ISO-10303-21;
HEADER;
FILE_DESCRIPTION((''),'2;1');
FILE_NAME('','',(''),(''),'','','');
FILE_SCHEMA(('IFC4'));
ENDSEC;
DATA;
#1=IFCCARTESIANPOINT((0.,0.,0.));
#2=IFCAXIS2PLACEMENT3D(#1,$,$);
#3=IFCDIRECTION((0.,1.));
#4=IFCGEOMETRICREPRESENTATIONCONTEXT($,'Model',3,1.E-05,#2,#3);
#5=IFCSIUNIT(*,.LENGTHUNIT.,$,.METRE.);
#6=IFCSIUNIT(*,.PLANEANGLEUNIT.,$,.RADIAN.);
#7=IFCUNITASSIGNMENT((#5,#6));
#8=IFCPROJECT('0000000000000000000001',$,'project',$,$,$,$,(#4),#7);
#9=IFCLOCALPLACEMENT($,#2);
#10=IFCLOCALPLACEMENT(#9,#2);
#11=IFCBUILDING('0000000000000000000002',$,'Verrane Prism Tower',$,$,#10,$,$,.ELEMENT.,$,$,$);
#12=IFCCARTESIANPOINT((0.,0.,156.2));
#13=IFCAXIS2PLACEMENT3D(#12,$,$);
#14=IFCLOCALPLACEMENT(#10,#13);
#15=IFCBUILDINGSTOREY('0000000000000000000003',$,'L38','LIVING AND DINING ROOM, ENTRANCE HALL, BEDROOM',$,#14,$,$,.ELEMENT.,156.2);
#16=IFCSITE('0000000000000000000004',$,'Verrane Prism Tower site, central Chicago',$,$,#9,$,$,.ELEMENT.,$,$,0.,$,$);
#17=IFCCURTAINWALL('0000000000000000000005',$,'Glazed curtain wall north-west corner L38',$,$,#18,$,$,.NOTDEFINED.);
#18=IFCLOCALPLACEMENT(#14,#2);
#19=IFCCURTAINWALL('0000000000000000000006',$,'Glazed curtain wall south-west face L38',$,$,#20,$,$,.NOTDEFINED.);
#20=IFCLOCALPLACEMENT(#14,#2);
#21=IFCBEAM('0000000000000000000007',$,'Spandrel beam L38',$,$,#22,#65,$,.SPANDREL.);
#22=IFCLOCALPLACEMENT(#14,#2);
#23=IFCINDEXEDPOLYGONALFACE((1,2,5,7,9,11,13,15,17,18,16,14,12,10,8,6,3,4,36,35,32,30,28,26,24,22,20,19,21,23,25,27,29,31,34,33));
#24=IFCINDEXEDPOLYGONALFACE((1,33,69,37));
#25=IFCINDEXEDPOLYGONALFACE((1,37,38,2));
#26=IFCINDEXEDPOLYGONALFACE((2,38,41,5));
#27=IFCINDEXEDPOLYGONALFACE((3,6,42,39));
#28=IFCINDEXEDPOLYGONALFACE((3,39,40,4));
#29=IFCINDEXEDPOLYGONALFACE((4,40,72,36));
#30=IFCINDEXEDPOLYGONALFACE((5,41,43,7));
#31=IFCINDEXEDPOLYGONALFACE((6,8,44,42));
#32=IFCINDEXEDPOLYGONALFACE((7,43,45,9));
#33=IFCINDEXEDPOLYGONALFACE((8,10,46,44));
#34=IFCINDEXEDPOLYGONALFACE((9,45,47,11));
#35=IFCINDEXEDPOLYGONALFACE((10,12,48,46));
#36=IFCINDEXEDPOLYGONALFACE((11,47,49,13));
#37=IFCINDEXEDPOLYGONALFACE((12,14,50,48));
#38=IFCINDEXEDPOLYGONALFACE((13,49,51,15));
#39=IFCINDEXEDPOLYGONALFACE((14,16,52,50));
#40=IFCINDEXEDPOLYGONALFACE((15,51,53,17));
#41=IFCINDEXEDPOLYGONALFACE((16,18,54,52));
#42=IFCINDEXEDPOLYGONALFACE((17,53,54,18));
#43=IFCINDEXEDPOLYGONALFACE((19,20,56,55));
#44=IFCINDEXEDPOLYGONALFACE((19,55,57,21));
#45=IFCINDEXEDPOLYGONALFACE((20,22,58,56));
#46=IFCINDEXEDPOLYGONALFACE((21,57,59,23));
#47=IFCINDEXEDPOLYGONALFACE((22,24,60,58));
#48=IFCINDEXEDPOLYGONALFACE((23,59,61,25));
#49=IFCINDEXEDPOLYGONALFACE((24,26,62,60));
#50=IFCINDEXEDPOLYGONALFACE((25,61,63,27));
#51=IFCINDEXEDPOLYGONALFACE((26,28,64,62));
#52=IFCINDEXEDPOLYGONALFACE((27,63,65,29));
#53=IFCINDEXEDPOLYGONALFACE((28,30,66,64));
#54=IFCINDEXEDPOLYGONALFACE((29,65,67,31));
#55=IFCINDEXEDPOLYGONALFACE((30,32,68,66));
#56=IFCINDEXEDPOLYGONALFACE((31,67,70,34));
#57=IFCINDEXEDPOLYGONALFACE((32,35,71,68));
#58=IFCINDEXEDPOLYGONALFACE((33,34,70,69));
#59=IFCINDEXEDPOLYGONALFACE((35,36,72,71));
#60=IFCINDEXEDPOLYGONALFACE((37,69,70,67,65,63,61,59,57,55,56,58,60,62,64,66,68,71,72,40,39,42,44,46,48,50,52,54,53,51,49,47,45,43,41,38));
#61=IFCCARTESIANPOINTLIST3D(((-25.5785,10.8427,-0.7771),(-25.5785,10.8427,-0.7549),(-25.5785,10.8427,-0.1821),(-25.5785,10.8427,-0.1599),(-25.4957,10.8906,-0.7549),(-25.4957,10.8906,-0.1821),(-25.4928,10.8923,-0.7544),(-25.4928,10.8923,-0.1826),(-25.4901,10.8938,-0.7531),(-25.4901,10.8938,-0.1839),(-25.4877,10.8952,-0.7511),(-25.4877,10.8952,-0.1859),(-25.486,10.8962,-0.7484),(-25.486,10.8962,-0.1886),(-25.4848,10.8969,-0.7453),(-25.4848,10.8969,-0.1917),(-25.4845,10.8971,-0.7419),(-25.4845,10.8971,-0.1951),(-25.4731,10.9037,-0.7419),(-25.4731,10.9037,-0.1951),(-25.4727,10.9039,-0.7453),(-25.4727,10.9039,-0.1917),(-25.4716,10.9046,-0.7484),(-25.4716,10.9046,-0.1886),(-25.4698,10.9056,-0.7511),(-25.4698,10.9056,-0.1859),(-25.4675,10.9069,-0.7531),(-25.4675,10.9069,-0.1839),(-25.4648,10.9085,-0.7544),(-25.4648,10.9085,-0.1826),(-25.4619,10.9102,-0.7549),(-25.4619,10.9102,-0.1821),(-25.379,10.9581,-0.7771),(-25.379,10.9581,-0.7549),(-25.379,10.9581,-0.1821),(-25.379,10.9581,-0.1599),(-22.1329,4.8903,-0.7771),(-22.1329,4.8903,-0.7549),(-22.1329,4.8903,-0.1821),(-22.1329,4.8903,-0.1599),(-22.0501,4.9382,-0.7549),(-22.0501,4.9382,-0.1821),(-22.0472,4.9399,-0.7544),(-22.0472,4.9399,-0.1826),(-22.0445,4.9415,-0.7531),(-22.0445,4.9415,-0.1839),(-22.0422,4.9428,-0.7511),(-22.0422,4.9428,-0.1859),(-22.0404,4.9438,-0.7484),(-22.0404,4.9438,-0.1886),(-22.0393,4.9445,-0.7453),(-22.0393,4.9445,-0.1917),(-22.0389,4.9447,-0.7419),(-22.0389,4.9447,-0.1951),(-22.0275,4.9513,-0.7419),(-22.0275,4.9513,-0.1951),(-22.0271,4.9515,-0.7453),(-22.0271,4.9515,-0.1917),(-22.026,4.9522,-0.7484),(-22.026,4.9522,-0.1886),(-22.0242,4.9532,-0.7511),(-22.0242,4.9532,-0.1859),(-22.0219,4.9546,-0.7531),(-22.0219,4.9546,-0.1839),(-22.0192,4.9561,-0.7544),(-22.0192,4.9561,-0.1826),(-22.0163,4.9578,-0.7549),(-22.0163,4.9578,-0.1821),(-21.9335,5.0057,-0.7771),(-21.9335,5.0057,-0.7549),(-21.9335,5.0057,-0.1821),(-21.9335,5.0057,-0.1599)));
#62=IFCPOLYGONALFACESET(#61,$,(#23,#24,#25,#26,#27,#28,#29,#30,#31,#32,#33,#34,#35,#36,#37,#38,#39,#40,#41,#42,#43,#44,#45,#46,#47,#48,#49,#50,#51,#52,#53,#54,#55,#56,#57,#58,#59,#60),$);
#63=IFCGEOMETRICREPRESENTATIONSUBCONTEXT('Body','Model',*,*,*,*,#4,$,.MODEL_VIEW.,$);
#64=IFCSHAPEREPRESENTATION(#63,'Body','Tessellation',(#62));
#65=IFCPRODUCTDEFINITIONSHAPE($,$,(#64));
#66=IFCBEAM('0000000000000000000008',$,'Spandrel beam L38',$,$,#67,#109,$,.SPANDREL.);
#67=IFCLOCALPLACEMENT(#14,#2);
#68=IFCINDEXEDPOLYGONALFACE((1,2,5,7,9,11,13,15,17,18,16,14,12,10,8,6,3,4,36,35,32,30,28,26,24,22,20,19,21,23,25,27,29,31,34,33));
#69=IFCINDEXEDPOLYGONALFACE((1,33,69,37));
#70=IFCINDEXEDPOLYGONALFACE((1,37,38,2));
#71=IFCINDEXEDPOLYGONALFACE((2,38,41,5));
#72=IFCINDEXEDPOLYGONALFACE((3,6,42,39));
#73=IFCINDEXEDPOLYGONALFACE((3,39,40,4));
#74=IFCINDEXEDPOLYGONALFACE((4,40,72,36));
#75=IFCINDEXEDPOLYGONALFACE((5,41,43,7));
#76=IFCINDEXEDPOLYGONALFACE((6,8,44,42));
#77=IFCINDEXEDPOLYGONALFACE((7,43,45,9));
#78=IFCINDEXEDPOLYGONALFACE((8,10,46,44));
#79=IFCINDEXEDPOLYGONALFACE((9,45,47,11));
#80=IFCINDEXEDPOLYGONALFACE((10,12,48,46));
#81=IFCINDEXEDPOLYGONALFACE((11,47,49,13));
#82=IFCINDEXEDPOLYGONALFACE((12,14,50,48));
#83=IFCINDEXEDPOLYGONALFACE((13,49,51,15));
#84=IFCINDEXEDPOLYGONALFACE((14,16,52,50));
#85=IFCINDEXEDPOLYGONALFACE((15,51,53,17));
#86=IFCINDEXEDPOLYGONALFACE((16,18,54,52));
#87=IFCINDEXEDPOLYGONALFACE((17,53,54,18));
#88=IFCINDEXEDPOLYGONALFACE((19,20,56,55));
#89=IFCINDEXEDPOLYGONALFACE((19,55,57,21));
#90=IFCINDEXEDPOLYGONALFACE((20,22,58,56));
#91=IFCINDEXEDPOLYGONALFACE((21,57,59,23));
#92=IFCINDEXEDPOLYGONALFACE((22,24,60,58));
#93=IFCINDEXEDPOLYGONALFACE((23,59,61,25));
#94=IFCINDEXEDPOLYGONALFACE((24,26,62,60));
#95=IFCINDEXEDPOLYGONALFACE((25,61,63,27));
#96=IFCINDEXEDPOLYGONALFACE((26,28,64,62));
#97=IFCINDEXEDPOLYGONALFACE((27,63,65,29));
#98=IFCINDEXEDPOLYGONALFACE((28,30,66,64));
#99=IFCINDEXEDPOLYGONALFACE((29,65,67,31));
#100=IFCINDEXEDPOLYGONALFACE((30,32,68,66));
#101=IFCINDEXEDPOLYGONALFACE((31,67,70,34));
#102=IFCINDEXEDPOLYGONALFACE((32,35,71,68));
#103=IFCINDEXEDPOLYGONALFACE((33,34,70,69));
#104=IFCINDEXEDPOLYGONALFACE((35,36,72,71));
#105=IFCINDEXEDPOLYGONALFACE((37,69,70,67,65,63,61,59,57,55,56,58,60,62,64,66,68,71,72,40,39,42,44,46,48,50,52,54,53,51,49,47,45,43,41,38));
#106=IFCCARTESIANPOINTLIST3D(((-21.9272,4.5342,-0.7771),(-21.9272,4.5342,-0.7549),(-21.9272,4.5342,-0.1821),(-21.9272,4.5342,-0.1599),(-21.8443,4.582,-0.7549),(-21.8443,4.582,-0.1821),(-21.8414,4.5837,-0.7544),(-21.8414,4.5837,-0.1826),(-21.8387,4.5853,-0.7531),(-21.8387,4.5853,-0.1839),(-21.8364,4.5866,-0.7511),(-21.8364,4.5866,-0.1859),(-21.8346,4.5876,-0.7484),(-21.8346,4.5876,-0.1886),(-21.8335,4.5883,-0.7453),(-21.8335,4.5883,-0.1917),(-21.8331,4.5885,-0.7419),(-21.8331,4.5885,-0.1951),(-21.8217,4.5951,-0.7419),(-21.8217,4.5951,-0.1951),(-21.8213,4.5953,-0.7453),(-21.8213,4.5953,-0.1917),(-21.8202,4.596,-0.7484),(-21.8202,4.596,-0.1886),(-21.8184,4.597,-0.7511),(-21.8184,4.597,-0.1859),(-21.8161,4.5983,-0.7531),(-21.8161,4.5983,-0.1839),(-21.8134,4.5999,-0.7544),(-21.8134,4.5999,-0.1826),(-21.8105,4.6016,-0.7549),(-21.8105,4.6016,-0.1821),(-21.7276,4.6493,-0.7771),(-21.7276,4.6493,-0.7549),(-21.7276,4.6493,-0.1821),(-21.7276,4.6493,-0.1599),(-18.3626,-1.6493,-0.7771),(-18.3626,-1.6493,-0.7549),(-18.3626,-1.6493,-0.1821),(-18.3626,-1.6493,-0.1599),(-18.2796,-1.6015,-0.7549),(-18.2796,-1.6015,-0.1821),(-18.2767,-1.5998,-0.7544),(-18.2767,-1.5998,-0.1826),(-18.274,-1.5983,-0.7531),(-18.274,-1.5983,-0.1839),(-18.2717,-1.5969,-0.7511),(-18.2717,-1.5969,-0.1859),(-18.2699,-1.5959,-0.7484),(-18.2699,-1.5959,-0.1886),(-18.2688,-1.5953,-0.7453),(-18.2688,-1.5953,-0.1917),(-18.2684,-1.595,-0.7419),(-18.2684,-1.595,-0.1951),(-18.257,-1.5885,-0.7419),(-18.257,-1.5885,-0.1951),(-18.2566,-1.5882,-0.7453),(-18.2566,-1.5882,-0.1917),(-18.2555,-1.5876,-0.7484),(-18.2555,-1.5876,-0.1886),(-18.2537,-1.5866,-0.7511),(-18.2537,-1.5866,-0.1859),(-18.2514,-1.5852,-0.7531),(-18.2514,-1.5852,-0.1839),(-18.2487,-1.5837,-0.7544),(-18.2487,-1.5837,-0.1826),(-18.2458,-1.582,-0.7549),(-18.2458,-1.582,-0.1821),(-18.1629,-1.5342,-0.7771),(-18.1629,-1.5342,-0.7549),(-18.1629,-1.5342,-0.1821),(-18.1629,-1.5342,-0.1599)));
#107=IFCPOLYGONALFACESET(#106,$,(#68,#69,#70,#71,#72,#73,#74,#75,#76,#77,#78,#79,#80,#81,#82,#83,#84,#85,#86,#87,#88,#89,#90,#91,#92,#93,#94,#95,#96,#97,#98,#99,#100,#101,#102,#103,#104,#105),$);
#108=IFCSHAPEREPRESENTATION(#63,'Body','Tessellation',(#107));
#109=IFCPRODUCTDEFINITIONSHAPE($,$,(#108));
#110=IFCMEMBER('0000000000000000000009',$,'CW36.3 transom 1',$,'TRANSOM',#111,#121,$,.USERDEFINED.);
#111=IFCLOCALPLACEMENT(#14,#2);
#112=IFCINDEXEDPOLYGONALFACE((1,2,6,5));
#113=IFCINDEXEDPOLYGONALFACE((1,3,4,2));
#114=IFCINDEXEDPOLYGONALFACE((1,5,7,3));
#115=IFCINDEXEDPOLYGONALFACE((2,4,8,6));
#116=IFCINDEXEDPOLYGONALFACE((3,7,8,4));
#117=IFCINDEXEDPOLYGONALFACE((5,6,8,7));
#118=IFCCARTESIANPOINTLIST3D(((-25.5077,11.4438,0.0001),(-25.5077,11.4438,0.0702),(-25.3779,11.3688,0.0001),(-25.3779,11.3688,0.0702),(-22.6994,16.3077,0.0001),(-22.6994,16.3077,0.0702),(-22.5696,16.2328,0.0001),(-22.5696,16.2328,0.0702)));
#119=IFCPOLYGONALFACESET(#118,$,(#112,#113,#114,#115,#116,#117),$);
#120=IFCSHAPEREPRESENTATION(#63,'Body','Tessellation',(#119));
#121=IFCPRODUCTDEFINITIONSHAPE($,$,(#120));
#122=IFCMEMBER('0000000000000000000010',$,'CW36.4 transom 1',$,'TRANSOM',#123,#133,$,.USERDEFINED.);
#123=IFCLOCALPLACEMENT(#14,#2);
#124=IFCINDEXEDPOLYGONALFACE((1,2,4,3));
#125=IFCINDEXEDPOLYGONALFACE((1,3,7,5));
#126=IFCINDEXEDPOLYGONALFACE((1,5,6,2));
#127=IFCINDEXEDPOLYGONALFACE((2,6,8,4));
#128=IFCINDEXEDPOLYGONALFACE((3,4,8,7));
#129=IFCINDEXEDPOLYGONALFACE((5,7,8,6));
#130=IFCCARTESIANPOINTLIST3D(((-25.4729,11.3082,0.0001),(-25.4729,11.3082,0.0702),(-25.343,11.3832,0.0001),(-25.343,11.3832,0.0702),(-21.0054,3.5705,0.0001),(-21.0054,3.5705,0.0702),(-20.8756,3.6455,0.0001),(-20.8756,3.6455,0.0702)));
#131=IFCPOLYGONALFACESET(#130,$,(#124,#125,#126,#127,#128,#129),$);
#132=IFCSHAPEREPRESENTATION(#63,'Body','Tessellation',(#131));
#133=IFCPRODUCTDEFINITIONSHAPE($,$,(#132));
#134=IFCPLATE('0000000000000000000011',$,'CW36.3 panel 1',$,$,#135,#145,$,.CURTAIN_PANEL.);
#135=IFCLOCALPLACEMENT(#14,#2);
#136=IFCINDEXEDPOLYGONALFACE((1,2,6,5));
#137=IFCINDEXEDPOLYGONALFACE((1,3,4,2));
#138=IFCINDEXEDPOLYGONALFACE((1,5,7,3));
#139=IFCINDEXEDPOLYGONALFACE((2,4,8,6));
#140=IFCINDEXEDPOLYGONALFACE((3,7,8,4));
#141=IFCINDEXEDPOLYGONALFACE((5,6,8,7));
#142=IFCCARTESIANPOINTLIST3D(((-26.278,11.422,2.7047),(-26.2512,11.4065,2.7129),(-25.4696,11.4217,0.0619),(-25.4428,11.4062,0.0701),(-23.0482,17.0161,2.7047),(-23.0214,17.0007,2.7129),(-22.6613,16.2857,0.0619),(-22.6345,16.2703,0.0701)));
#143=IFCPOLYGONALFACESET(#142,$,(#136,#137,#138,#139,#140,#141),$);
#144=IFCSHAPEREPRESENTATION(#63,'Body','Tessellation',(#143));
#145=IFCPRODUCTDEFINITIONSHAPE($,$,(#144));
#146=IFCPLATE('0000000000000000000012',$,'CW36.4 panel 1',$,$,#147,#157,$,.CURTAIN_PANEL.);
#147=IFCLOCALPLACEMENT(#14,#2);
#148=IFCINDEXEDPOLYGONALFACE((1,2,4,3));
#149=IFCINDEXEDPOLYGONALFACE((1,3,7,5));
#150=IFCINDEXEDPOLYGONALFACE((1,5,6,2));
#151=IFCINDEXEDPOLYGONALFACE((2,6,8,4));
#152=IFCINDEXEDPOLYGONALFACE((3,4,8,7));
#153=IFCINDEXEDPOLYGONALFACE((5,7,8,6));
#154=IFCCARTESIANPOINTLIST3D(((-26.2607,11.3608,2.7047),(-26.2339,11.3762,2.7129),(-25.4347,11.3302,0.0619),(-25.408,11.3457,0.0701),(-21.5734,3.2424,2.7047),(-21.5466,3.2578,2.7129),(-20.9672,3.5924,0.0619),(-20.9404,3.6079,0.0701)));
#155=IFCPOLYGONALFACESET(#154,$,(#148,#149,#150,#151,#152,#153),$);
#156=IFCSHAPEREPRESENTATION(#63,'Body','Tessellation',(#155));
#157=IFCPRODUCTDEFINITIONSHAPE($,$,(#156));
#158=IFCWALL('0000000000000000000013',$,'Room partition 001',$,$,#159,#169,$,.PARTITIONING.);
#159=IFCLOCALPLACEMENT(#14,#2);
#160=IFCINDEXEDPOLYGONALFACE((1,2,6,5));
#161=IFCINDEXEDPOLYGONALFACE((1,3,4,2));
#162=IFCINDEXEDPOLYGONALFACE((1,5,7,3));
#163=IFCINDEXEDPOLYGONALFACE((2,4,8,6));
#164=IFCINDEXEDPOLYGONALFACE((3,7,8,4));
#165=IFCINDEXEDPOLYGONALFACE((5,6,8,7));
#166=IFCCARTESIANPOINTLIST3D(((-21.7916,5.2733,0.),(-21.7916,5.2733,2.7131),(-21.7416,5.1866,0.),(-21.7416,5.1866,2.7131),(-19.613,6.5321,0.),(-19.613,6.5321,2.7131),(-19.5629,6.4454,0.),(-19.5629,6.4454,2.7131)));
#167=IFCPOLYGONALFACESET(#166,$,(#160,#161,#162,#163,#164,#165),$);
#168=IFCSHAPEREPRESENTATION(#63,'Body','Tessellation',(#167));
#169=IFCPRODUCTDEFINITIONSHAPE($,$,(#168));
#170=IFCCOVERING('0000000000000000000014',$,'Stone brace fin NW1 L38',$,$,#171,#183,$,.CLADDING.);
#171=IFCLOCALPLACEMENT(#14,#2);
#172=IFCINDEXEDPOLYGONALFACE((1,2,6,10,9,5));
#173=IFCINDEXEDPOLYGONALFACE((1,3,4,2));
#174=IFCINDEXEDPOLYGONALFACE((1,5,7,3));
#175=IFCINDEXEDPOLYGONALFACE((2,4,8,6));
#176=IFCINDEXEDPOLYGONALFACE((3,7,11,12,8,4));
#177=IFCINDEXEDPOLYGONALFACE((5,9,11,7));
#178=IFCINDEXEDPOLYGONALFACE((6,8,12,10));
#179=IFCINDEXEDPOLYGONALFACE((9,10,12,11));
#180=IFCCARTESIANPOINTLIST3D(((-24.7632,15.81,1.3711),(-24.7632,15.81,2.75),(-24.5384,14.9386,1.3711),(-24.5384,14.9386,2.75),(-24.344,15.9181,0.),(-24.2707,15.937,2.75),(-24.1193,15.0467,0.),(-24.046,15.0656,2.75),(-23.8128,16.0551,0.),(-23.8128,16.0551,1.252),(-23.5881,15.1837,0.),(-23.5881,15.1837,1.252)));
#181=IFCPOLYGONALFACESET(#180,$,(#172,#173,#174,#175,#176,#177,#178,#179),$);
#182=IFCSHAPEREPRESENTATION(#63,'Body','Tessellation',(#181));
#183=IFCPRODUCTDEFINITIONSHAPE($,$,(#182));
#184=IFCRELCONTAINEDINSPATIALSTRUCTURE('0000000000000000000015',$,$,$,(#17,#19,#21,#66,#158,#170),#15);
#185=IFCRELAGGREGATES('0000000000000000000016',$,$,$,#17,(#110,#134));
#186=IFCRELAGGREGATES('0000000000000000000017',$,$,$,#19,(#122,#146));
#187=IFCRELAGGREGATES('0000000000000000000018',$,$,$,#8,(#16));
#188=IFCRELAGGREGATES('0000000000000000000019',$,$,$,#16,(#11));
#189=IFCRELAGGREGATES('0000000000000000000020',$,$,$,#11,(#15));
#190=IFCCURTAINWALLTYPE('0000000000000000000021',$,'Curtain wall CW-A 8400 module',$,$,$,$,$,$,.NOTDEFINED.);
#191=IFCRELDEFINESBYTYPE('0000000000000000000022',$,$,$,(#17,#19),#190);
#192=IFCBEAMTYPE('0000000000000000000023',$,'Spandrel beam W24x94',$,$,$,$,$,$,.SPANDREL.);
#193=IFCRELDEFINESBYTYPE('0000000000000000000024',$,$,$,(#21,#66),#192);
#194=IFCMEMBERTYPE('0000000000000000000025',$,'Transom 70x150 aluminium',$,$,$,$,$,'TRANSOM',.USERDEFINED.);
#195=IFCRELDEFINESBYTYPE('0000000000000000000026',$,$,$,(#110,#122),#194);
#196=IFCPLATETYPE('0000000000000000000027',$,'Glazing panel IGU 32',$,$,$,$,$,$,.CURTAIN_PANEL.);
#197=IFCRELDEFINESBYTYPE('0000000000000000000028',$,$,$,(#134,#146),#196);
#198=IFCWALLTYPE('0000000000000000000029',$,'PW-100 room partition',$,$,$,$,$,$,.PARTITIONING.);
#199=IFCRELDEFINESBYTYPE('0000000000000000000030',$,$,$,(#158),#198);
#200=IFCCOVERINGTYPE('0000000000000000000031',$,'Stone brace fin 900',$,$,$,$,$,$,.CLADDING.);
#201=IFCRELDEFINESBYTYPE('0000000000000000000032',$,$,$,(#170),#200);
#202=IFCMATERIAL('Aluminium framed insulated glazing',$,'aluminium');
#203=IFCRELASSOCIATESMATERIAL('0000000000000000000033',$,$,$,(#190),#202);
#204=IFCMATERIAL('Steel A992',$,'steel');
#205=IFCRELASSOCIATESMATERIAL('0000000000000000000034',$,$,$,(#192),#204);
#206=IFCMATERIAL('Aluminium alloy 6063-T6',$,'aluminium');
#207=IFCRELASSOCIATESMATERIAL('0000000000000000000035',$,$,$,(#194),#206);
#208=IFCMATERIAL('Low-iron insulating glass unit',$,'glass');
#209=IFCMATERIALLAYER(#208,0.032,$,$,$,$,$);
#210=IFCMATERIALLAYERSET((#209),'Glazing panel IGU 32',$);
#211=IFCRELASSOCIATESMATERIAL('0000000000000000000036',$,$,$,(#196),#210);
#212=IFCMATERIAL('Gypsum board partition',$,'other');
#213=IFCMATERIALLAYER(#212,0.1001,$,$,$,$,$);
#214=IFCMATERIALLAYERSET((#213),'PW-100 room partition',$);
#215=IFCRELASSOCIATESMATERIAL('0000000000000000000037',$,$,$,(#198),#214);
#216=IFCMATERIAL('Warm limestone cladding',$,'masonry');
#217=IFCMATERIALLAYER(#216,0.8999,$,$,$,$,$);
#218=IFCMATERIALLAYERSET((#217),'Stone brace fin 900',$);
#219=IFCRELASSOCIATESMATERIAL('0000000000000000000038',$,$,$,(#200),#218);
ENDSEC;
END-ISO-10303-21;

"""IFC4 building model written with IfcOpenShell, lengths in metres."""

from ifc_helpers import new_model, si_unit, direction, frame, frame_2d, origin, origin_2d, place, context, subcontext, project, spatial, polyline, rectangle, i_section, outline, extrude, material, layer, layer_set, material_profile, profile_set, type_object, element, aggregate, save


model = new_model("IFC4")

# Units and contexts
model_context = context("Model", 3, precision=1e-05, world=origin(), true_north=direction((0.0, 1.0)))
body_context = subcontext(model_context, "Body", "Model", "MODEL_VIEW")
ifc_project = project(units=[si_unit("LENGTHUNIT", "METRE"), si_unit("PLANEANGLEUNIT", "RADIAN")], contexts=[model_context])

# Site, building, storey
site_placement = place(None, origin())
site = spatial("IfcSite", under=ifc_project, at=site_placement, Name="Verrane Prism Tower site, central Chicago", CompositionType="ELEMENT", RefElevation=0.0)
building_placement = place(site_placement, origin())
building = spatial("IfcBuilding", under=site, at=building_placement, Name="Verrane Prism Tower", CompositionType="ELEMENT")
storey_placement = place(building_placement, frame((0.0, 0.0, 156.2)))
storey = spatial("IfcBuildingStorey", under=building, at=storey_placement, Name="L38", Description="LIVING AND DINING ROOM, ENTRANCE HALL, BEDROOM", CompositionType="ELEMENT", Elevation=156.2)

# Curtain walls
ifc_material_1 = material(Name="Aluminium framed insulated glazing", Category="aluminium")
curtain_wall_type = type_object("IfcCurtainWallType", Name="Curtain wall CW-A 8400 module", PredefinedType="NOTDEFINED", material=ifc_material_1)
curtain_wall_1_placement = place(storey_placement, origin())
curtain_wall_1 = element("IfcCurtainWall", 1, at=curtain_wall_1_placement, inside=storey, type_object=curtain_wall_type, Name="Glazed curtain wall north-west corner L38", PredefinedType="NOTDEFINED")
curtain_wall_2_placement = place(storey_placement, origin())
curtain_wall_2 = element("IfcCurtainWall", 2, at=curtain_wall_2_placement, inside=storey, type_object=curtain_wall_type, Name="Glazed curtain wall south-west face L38", PredefinedType="NOTDEFINED")

# Beams
ifc_material_2 = material(Name="Steel A992", Category="steel")
ifc_material_profile_1 = material_profile(ifc_material_2, i_section(OverallWidth=0.2305, OverallDepth=0.6172, WebThickness=0.0132, FlangeThickness=0.0222, FilletRadius=0.0129, at=origin_2d()), Name="W24x94")
ifc_profile_set_1 = profile_set([ifc_material_profile_1], Name="Steel A992")
beam_type_1 = type_object("IfcBeamType", Name="Spandrel beam W24x94", PredefinedType="SPANDREL", material=ifc_profile_set_1)
beam_1_placement = place(storey_placement, frame((-25.4788, 10.9004, -0.4685), z_axis=(0.500975, -0.865462, 0.0), x_axis=(0.865462, 0.500975, 0.0)))
element("IfcBeam", 3, at=beam_1_placement, inside=storey, type_object=beam_type_1, Name="Spandrel beam L38", PredefinedType="SPANDREL", context=body_context, shape_type="SweptSolid", body=[
    extrude(i_section(OverallWidth=0.2305, OverallDepth=0.6172, WebThickness=0.0132, FlangeThickness=0.0222, FilletRadius=0.0129, at=origin_2d()), origin(), (0.0, 0.0, 1.0), 6.8777),
])
beam_2_placement = place(storey_placement, frame((-21.8274, 4.5918, -0.4685), z_axis=(0.499432, -0.866353, 0.0), x_axis=(0.866353, 0.499432, 0.0)))
element("IfcBeam", 4, at=beam_2_placement, inside=storey, type_object=beam_type_1, Name="Spandrel beam L38", PredefinedType="SPANDREL", context=body_context, shape_type="SweptSolid", body=[
    extrude(i_section(OverallWidth=0.2305, OverallDepth=0.6172, WebThickness=0.0132, FlangeThickness=0.0222, FilletRadius=0.0129, at=origin_2d()), origin(), (0.0, 0.0, 1.0), 7.1375),
])

# Members
ifc_material_3 = material(Name="Aluminium alloy 6063-T6", Category="aluminium")
ifc_material_profile_2 = material_profile(ifc_material_3, rectangle(XDim=0.1499, YDim=0.0701, at=origin_2d()), Name="Transom 70x150 aluminium")
ifc_profile_set_2 = profile_set([ifc_material_profile_2], Name="Aluminium alloy 6063-T6")
member_type_1 = type_object("IfcMemberType", Name="Transom 70x150 aluminium", ElementType="TRANSOM", PredefinedType="USERDEFINED", material=ifc_profile_set_2)
member_1_placement = place(storey_placement, frame((-22.6345, 16.2703, 0.0352), z_axis=(-0.500015, -0.866017, 0.0), x_axis=(0.866017, -0.500015, 0.0)))
member_1 = element("IfcMember", 5, at=member_1_placement, type_object=member_type_1, Name="CW36.3 transom 1", ObjectType="TRANSOM", PredefinedType="USERDEFINED", context=body_context, shape_type="SweptSolid", body=[
    extrude(rectangle(XDim=0.1499, YDim=0.0701, at=origin_2d()), origin(), (0.0, 0.0, 1.0), 5.6165),
])
member_2_placement = place(storey_placement, frame((-25.408, 11.3457, 0.0352), z_axis=(0.500009, -0.86602, 0.0), x_axis=(0.86602, 0.500009, 0.0)))
member_2 = element("IfcMember", 6, at=member_2_placement, type_object=member_type_1, Name="CW36.4 transom 1", ObjectType="TRANSOM", PredefinedType="USERDEFINED", context=body_context, shape_type="SweptSolid", body=[
    extrude(rectangle(XDim=0.1499, YDim=0.0701, at=origin_2d()), origin(), (0.0, 0.0, 1.0), 8.9348),
])

# Plates
ifc_material_4 = material(Name="Low-iron insulating glass unit", Category="glass")
ifc_layer_1 = layer(ifc_material_4, 0.032)
ifc_layer_set_1 = layer_set([ifc_layer_1], Name="Glazing panel IGU 32")
plate_type = type_object("IfcPlateType", Name="Glazing panel IGU 32", PredefinedType="CURTAIN_PANEL", material=ifc_layer_set_1)
plate_1_placement = place(storey_placement, frame((-22.6345, 16.2703, 0.0701), z_axis=(0.837137, -0.483322, 0.256129), x_axis=(-0.500002, -0.866024, 0.000004)))
plate_1 = element("IfcPlate", 7, at=plate_1_placement, type_object=plate_type, Name="CW36.3 panel 1", PredefinedType="CURTAIN_PANEL", context=body_context, shape_type="SweptSolid", body=[
    extrude(outline(polyline([(0.0, 0.0), (5.6165, 0.0), (6.0205, -2.734), (-0.4391, -2.734), (0.0, 0.0)])), origin(), (0.0, 0.0, -1.0), 0.032),
])
aggregate(curtain_wall_1, [member_1, plate_1])
plate_2_placement = place(storey_placement, frame((-25.408, 11.3457, 0.0701), z_axis=(0.837151, 0.48334, 0.256047), x_axis=(0.500008, -0.866021, 0.0)))
plate_2 = element("IfcPlate", 8, at=plate_2_placement, type_object=plate_type, Name="CW36.4 panel 1", PredefinedType="CURTAIN_PANEL", context=body_context, shape_type="SweptSolid", body=[
    extrude(outline(polyline([(0.0, 0.0), (8.9349, 0.0), (8.935, -2.734), (-0.4394, -2.734), (0.0, 0.0)])), origin(), (0.0, 0.0, -1.0), 0.032),
])
aggregate(curtain_wall_2, [member_2, plate_2])

# Wall
ifc_material_5 = material(Name="Gypsum board partition", Category="other")
ifc_layer_2 = layer(ifc_material_5, 0.1001)
ifc_layer_set_2 = layer_set([ifc_layer_2], Name="PW-100 room partition")
wall_type = type_object("IfcWallType", Name="PW-100 room partition", PredefinedType="PARTITIONING", material=ifc_layer_set_2)
wall_placement = place(storey_placement, frame((-21.7666, 5.23, 0.0), z_axis=(0.0, 0.0, 1.0), x_axis=(0.865869, 0.500271, 0.0)))
element("IfcWall", 9, at=wall_placement, inside=storey, type_object=wall_type, Name="Room partition 001", PredefinedType="PARTITIONING", context=body_context, shape_type="SweptSolid", body=[
    extrude(rectangle(XDim=2.5161, YDim=0.1001, at=frame_2d((1.2581, 0.0))), origin(), (0.0, 0.0, 1.0), 2.7131),
])

# Covering
ifc_material_6 = material(Name="Warm limestone cladding", Category="masonry")
ifc_layer_3 = layer(ifc_material_6, 0.8999)
ifc_layer_set_3 = layer_set([ifc_layer_3], Name="Stone brace fin 900")
covering_type = type_object("IfcCoveringType", Name="Stone brace fin 900", PredefinedType="CLADDING", material=ifc_layer_set_3)
covering_placement = place(storey_placement, frame((-23.7004, 15.6194, 0.0), z_axis=(0.0, 0.0, 1.0), x_axis=(-0.968316, -0.249728, 0.0)))
element("IfcCovering", 10, at=covering_placement, inside=storey, type_object=covering_type, Name="Stone brace fin NW1 L38", PredefinedType="CLADDING", context=body_context, shape_type="SweptSolid", body=[
    extrude(outline(polyline([(0.9814, 2.75), (0.4729, 2.75), (0.0, 1.252), (0.0, 0.0), (0.5486, 0.0), (0.9814, 1.3711), (0.9814, 2.75)])), frame((0.0, 0.45, 0.0), z_axis=(0.0, -1.0, 0.0), x_axis=(1.0, 0.0, 0.0)), (0.0, 0.0, 1.0), 0.8999),
])

save(model, "model.ifc")
